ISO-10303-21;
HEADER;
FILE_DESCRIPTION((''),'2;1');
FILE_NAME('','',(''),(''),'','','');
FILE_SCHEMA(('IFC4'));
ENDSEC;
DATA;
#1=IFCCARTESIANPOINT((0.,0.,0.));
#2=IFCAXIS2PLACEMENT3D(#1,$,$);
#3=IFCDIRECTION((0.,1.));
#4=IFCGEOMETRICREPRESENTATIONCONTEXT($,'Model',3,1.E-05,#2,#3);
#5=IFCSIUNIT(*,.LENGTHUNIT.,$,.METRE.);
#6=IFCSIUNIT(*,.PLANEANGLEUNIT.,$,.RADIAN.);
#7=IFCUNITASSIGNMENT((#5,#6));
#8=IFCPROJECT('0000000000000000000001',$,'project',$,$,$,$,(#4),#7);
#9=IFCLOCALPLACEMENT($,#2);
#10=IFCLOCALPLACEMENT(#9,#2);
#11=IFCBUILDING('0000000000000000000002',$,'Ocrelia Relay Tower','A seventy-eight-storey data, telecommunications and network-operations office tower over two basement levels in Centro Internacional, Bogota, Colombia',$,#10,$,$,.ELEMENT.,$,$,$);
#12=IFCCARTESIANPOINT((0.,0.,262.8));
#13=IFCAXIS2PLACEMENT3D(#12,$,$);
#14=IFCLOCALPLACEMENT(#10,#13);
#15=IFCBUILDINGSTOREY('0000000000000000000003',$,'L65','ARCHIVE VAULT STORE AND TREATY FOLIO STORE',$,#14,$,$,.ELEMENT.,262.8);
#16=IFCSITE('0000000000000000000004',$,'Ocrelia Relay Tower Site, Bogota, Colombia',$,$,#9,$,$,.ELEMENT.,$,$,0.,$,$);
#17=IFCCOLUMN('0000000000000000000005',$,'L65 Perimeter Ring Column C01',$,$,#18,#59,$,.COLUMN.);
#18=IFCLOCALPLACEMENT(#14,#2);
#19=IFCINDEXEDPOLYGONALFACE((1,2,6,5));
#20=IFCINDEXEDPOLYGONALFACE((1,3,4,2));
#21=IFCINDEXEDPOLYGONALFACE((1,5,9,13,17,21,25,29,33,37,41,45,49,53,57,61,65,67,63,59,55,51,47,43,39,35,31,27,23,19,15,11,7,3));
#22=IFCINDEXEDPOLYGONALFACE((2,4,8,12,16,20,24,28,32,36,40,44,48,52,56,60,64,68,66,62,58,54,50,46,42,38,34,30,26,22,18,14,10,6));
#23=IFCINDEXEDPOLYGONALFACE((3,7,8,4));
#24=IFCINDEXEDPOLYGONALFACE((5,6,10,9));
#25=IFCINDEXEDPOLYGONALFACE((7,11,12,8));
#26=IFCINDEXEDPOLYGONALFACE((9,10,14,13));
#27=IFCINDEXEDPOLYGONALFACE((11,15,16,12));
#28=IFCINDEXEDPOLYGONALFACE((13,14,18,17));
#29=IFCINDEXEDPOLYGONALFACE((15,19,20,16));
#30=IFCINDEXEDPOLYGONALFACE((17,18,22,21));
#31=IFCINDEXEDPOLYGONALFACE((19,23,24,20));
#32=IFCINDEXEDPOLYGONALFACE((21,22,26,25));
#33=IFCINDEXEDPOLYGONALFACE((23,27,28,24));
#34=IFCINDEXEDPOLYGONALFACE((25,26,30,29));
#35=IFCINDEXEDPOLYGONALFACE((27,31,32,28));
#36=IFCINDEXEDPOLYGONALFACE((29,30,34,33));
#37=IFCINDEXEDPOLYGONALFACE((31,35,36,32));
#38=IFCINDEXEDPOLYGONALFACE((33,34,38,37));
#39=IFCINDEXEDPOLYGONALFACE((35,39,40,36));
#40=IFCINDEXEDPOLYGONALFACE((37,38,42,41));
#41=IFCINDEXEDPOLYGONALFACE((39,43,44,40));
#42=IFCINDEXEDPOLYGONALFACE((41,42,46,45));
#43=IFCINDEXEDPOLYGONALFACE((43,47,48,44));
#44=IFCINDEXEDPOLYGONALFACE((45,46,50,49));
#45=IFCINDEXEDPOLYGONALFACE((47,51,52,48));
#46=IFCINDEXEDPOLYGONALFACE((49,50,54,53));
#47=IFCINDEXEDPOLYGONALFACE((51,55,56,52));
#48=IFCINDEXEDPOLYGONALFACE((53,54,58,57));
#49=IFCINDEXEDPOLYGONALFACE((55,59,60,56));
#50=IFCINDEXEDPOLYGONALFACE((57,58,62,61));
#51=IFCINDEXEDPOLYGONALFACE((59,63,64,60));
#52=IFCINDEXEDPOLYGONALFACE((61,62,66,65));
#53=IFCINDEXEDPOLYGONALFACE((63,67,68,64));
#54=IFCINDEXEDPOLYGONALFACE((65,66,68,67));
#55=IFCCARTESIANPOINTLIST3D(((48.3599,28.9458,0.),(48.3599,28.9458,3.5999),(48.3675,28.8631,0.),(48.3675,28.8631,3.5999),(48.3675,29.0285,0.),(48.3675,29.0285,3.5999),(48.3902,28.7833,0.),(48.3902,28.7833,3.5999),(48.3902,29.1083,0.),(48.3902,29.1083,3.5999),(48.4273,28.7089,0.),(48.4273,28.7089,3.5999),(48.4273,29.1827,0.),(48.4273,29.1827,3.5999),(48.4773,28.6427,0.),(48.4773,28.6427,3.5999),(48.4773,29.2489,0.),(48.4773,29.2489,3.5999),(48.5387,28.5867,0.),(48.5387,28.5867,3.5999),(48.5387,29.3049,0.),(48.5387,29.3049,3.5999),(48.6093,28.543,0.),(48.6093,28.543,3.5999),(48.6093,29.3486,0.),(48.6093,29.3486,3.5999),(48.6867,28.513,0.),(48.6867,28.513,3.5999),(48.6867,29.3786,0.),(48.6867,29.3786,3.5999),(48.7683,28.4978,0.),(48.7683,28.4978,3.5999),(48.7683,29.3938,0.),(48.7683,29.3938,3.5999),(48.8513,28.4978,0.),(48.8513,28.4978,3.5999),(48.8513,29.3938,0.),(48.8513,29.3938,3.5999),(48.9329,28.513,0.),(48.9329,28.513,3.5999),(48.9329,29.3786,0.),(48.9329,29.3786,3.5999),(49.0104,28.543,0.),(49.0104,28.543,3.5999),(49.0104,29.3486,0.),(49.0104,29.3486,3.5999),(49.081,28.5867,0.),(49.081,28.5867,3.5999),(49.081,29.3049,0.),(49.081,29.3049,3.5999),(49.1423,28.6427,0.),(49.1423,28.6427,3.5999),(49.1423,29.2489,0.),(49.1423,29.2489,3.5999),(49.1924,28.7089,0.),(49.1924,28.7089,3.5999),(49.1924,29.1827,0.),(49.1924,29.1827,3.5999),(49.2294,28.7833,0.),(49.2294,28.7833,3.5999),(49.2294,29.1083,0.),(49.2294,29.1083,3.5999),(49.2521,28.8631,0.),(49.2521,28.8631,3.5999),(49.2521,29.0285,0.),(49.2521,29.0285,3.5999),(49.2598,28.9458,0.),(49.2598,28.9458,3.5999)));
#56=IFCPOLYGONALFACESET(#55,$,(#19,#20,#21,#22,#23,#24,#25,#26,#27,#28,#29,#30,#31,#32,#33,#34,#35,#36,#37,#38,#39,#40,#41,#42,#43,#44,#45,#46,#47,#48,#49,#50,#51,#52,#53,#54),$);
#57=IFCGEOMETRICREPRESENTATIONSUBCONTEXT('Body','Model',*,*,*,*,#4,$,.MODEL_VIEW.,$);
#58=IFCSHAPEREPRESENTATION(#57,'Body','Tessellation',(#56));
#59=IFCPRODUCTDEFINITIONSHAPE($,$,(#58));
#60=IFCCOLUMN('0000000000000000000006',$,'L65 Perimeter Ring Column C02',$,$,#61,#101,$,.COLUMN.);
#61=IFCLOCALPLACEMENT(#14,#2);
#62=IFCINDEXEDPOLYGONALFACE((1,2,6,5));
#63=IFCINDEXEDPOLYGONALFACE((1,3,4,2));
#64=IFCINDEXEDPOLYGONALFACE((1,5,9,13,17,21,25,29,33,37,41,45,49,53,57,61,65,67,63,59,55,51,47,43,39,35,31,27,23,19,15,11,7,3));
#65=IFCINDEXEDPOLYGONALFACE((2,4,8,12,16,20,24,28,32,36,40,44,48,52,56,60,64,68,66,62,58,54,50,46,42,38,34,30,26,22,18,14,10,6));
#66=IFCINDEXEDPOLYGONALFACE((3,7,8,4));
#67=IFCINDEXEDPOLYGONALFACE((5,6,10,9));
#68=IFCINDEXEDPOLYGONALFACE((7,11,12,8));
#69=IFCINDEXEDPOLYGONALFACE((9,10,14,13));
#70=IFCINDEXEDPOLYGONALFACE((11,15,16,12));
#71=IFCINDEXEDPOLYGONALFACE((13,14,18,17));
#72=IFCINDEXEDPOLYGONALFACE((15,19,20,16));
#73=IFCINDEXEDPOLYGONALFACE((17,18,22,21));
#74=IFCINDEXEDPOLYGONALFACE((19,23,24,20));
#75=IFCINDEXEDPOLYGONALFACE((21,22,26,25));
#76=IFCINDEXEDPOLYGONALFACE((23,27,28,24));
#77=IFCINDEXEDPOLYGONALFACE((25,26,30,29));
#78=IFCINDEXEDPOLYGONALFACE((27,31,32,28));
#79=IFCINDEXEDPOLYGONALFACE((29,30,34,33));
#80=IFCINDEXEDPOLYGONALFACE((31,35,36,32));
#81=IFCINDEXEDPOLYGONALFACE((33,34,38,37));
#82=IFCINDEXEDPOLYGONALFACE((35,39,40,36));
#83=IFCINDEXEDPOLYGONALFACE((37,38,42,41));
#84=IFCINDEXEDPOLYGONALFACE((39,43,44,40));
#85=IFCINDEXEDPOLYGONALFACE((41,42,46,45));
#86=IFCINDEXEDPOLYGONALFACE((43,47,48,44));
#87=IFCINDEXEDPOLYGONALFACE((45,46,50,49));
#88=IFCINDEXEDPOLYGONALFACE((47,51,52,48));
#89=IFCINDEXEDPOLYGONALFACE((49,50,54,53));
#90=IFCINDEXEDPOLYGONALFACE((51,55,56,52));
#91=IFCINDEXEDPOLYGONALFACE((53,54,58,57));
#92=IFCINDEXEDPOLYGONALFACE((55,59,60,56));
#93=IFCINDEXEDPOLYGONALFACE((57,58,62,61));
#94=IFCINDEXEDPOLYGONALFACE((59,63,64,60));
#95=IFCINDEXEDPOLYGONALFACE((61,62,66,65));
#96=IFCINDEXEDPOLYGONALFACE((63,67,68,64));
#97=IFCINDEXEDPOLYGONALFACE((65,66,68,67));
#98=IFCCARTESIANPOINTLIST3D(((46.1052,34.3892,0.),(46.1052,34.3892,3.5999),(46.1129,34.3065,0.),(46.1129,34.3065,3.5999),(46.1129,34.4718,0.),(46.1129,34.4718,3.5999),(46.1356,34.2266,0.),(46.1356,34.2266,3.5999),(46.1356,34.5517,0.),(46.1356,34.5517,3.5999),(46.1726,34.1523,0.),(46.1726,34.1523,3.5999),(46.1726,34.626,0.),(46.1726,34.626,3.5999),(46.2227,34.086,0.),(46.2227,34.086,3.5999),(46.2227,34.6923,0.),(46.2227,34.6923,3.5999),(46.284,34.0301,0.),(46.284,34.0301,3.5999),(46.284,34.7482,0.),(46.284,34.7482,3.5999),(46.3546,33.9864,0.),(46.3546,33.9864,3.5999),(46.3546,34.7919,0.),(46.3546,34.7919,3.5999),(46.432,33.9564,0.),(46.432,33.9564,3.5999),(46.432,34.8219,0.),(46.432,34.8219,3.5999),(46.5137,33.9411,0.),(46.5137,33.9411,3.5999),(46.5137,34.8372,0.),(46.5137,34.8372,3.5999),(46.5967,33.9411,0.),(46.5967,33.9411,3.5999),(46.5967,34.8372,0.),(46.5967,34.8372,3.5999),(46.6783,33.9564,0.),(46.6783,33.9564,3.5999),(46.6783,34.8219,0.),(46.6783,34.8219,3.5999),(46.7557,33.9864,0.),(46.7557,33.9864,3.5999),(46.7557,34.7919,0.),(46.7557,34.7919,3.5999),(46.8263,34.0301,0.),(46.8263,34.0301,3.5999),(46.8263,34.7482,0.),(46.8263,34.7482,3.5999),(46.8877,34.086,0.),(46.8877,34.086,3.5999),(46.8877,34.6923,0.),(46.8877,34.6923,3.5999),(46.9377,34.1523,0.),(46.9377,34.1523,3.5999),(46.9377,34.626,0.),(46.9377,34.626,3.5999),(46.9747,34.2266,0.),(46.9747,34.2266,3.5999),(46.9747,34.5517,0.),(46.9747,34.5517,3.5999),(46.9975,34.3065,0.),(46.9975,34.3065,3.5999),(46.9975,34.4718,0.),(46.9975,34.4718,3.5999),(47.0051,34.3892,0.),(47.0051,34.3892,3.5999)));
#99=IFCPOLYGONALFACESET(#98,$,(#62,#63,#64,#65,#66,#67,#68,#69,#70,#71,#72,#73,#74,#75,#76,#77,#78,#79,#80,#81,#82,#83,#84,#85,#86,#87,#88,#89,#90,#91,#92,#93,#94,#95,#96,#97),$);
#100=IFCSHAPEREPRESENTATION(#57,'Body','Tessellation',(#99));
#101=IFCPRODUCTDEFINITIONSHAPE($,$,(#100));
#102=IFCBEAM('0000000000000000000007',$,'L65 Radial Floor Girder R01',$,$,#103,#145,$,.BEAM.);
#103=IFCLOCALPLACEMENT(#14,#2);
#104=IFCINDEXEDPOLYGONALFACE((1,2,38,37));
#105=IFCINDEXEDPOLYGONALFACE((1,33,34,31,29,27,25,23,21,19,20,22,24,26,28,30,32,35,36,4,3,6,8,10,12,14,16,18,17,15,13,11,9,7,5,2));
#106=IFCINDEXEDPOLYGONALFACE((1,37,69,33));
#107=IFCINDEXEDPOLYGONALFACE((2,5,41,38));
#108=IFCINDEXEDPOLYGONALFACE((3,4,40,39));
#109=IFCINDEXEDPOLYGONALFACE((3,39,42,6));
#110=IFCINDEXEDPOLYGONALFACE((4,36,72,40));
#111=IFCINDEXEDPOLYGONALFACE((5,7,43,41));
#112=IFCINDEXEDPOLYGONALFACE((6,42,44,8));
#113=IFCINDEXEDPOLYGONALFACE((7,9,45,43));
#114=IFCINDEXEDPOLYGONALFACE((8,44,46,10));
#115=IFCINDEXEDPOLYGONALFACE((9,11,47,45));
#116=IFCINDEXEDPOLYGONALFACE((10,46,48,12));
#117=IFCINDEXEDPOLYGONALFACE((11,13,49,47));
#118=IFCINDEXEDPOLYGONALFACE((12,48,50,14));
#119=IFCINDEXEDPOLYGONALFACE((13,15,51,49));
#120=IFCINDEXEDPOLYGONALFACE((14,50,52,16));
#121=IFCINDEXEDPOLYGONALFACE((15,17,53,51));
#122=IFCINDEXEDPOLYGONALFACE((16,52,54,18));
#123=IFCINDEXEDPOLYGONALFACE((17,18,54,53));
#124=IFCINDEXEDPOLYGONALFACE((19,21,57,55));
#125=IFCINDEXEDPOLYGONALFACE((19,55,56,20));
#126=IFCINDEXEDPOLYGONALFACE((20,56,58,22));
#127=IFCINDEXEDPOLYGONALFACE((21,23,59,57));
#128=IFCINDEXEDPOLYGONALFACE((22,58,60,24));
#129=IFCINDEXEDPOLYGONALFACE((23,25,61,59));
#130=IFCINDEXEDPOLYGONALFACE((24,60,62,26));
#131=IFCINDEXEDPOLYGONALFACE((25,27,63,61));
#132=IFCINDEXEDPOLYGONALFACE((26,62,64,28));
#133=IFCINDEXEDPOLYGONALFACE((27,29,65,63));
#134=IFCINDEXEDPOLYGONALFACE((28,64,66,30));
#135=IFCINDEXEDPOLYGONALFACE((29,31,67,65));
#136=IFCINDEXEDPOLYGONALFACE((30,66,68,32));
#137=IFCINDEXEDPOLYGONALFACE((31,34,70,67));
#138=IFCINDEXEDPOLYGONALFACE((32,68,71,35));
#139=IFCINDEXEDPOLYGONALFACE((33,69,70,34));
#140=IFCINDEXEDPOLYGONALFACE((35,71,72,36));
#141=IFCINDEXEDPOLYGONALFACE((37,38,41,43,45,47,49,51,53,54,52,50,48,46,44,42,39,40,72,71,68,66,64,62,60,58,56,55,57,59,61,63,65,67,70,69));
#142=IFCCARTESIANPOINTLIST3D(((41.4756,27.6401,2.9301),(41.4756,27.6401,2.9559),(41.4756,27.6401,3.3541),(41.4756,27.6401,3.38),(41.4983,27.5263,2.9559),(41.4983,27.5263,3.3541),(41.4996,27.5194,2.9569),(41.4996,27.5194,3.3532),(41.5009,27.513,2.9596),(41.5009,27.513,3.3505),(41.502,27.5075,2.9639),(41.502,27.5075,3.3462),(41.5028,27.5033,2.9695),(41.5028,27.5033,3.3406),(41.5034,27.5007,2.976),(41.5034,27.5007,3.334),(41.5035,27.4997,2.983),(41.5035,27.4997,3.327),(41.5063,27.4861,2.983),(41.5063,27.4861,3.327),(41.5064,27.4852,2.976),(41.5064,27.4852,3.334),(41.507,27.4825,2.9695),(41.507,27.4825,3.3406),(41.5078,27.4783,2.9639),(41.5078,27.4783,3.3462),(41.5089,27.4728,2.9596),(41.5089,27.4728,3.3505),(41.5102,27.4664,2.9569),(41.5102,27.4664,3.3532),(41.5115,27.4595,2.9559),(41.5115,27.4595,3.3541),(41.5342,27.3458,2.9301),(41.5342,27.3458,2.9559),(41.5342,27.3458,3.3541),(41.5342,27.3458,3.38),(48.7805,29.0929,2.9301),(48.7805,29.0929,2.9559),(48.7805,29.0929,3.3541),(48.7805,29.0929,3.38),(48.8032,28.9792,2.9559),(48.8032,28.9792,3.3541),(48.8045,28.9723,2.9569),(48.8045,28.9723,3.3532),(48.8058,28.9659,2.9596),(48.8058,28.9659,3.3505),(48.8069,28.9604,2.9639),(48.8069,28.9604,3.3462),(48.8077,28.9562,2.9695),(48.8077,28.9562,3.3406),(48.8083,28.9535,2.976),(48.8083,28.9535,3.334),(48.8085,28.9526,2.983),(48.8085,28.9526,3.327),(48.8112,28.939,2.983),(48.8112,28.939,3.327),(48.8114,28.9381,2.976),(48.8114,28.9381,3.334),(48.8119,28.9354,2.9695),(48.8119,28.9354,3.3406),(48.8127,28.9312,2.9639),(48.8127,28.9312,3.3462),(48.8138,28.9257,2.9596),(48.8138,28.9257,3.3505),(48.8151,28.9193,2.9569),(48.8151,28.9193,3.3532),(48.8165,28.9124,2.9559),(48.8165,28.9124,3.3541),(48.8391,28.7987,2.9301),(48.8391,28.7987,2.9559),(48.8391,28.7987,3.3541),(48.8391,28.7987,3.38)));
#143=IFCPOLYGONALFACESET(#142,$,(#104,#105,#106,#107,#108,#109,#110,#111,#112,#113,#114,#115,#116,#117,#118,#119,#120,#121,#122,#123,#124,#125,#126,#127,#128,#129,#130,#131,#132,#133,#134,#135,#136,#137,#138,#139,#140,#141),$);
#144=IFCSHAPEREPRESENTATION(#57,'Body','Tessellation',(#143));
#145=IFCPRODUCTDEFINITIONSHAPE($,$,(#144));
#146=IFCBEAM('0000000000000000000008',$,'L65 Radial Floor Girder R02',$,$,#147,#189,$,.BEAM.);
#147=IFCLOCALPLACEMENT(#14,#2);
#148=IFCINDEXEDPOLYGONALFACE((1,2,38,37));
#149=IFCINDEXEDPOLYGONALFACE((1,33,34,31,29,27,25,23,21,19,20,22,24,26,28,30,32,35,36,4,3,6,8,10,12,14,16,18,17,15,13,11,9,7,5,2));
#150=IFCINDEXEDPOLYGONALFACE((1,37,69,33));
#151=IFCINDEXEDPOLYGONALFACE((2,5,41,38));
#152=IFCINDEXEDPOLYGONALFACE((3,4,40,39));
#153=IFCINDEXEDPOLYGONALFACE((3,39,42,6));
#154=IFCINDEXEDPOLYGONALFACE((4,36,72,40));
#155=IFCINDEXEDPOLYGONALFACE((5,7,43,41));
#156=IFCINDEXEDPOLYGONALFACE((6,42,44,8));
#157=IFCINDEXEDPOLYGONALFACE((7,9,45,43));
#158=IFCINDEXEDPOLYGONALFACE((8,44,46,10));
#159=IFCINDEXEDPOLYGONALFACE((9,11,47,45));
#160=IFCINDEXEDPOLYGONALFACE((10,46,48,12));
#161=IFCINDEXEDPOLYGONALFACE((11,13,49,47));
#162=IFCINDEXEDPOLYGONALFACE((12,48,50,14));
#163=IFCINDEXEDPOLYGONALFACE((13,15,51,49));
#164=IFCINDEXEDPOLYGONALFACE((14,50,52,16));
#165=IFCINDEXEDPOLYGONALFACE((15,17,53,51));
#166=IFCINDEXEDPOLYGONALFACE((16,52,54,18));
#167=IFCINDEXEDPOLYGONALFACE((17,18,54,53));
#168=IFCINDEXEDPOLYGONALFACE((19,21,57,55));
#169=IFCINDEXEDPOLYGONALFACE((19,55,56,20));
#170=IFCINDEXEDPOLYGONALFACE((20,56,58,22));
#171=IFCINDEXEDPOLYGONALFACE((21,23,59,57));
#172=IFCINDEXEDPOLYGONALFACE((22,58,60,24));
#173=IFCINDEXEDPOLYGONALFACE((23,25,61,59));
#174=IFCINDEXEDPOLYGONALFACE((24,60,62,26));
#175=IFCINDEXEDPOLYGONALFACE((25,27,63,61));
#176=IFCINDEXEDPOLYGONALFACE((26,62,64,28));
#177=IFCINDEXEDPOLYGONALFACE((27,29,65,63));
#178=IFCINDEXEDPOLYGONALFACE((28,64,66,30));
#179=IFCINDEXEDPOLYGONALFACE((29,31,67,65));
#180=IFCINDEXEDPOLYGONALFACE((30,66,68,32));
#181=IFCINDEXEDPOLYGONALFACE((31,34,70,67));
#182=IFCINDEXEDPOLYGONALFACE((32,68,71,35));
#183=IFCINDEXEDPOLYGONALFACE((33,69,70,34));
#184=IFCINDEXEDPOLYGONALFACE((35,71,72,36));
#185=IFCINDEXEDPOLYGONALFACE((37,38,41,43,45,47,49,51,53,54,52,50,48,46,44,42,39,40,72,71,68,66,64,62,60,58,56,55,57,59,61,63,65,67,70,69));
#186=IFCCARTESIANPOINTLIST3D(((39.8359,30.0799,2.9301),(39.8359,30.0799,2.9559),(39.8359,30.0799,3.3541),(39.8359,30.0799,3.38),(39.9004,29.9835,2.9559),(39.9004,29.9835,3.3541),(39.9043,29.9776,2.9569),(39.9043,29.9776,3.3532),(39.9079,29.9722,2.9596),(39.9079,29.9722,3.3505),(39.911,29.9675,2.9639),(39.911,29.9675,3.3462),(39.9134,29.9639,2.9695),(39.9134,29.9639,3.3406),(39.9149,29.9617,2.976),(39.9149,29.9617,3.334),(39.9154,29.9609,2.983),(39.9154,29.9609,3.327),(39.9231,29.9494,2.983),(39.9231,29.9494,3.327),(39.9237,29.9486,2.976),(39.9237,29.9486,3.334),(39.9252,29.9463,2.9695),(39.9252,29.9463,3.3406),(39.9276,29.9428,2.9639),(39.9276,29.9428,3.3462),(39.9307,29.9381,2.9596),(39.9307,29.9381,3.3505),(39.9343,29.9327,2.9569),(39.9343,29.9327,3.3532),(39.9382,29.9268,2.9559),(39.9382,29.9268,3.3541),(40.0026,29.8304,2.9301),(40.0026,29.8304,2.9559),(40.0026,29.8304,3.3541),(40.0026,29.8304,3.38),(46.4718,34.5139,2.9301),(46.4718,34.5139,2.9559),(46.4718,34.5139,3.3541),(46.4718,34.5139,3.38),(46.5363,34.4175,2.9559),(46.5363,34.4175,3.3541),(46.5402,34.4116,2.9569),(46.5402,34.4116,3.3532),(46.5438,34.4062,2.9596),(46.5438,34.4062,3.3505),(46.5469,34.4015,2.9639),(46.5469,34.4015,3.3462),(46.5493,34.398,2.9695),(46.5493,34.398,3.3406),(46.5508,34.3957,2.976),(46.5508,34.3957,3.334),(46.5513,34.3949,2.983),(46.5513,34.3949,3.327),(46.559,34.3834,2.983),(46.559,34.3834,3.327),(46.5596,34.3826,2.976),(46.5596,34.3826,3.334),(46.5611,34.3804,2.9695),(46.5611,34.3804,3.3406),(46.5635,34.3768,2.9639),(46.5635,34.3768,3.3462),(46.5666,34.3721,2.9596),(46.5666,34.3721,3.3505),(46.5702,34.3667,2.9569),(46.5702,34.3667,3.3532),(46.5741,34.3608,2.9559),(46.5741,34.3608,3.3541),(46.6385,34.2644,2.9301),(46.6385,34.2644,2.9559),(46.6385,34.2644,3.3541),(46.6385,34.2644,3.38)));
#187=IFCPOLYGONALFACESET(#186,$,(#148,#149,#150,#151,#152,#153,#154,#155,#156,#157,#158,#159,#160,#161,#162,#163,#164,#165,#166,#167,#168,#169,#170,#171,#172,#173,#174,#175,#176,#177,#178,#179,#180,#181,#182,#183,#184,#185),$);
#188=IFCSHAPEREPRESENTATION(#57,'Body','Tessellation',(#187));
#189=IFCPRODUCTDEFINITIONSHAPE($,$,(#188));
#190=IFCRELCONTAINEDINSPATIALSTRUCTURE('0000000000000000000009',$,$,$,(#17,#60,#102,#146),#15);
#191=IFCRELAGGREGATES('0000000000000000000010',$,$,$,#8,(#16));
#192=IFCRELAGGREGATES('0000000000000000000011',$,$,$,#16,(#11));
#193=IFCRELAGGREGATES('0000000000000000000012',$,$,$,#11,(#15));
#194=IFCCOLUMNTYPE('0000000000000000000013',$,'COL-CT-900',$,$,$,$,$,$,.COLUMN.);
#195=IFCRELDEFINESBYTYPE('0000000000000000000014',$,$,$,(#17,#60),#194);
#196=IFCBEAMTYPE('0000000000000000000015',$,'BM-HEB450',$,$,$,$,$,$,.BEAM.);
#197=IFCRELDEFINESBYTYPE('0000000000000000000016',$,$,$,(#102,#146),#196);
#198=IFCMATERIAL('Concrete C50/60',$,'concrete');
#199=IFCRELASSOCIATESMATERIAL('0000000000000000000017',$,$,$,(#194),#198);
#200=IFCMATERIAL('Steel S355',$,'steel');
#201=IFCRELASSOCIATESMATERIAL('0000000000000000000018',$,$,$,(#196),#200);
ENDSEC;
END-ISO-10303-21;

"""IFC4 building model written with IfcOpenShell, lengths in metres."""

from ifc_helpers import new_model, si_unit, direction, frame, origin, origin_2d, place, context, subcontext, project, spatial, circle, i_section, extrude, material, material_profile, profile_set, type_object, element, save


model = new_model("IFC4")

# Units and contexts
model_context = context("Model", 3, precision=1e-05, world=origin(), true_north=direction((0.0, 1.0)))
body_context = subcontext(model_context, "Body", "Model", "MODEL_VIEW")
ifc_project = project(units=[si_unit("LENGTHUNIT", "METRE"), si_unit("PLANEANGLEUNIT", "RADIAN")], contexts=[model_context])

# Site, building, storey
site_placement = place(None, origin())
site = spatial("IfcSite", under=ifc_project, at=site_placement, Name="Ocrelia Relay Tower Site, Bogota, Colombia", CompositionType="ELEMENT", RefElevation=0.0)
building_placement = place(site_placement, origin())
building = spatial("IfcBuilding", under=site, at=building_placement, Name="Ocrelia Relay Tower", Description="A seventy-eight-storey data, telecommunications and network-operations office tower over two basement levels in Centro Internacional, Bogota, Colombia", CompositionType="ELEMENT")
storey_placement = place(building_placement, frame((0.0, 0.0, 262.8)))
storey = spatial("IfcBuildingStorey", under=building, at=storey_placement, Name="L65", Description="ARCHIVE VAULT STORE AND TREATY FOLIO STORE", CompositionType="ELEMENT", Elevation=262.8)

# Columns
ifc_material_1 = material(Name="Concrete C50/60", Category="concrete")
ifc_material_profile_1 = material_profile(ifc_material_1, circle(Radius=0.45, at=origin_2d()), Name="RC-CIR-900")
ifc_profile_set_1 = profile_set([ifc_material_profile_1], Name="Concrete C50/60")
column_type = type_object("IfcColumnType", Name="COL-CT-900", PredefinedType="COLUMN", material=ifc_profile_set_1)
for number, where, z_axis, x_axis, name in (
    (1, (48.8098, 28.9458, 0.0), (0.0, 0.0, 1.0), (1.0, 0.0, 0.0), "L65 Perimeter Ring Column C01"),
    (2, (46.5552, 34.3892, 0.0), (0.0, 0.0, 1.0), (1.0, 0.0, 0.0), "L65 Perimeter Ring Column C02"),
):
    element("IfcColumn", number, at=place(storey_placement, frame(where, z_axis=z_axis, x_axis=x_axis)), inside=storey, type_object=column_type, Name=name, PredefinedType="COLUMN", context=body_context, shape_type="SweptSolid", body=[
        extrude(circle(Radius=0.45, at=origin_2d()), origin(), (0.0, 0.0, 1.0), 3.5999),
    ])

# Beams
ifc_material_2 = material(Name="Steel S355", Category="steel")
ifc_material_profile_2 = material_profile(ifc_material_2, i_section(OverallWidth=0.3, OverallDepth=0.45, WebThickness=0.0139, FlangeThickness=0.0259, FilletRadius=0.0271, at=origin_2d()), Name="HEB 450")
ifc_profile_set_2 = profile_set([ifc_material_profile_2], Name="Steel S355")
beam_type_1 = type_object("IfcBeamType", Name="BM-HEB450", PredefinedType="BEAM", material=ifc_profile_set_2)
beam_1_placement = place(storey_placement, frame((48.8098, 28.9458, 3.155), z_axis=(-0.980789, -0.19507, 0.0), x_axis=(0.19507, -0.980789, 0.0)))
element("IfcBeam", 3, at=beam_1_placement, inside=storey, type_object=beam_type_1, Name="L65 Radial Floor Girder R01", PredefinedType="BEAM", context=body_context, shape_type="SweptSolid", body=[
    extrude(i_section(OverallWidth=0.3, OverallDepth=0.45, WebThickness=0.0139, FlangeThickness=0.0259, FilletRadius=0.0271, at=origin_2d()), origin(), (0.0, 0.0, 1.0), 7.448),
])
beam_2_placement = place(storey_placement, frame((46.5552, 34.3892, 3.155), z_axis=(-0.831466, -0.555575, 0.0), x_axis=(0.555575, -0.831466, 0.0)))
element("IfcBeam", 4, at=beam_2_placement, inside=storey, type_object=beam_type_1, Name="L65 Radial Floor Girder R02", PredefinedType="BEAM", context=body_context, shape_type="SweptSolid", body=[
    extrude(i_section(OverallWidth=0.3, OverallDepth=0.45, WebThickness=0.0139, FlangeThickness=0.0259, FilletRadius=0.0271, at=origin_2d()), origin(), (0.0, 0.0, 1.0), 7.981),
])

save(model, "model.ifc")
